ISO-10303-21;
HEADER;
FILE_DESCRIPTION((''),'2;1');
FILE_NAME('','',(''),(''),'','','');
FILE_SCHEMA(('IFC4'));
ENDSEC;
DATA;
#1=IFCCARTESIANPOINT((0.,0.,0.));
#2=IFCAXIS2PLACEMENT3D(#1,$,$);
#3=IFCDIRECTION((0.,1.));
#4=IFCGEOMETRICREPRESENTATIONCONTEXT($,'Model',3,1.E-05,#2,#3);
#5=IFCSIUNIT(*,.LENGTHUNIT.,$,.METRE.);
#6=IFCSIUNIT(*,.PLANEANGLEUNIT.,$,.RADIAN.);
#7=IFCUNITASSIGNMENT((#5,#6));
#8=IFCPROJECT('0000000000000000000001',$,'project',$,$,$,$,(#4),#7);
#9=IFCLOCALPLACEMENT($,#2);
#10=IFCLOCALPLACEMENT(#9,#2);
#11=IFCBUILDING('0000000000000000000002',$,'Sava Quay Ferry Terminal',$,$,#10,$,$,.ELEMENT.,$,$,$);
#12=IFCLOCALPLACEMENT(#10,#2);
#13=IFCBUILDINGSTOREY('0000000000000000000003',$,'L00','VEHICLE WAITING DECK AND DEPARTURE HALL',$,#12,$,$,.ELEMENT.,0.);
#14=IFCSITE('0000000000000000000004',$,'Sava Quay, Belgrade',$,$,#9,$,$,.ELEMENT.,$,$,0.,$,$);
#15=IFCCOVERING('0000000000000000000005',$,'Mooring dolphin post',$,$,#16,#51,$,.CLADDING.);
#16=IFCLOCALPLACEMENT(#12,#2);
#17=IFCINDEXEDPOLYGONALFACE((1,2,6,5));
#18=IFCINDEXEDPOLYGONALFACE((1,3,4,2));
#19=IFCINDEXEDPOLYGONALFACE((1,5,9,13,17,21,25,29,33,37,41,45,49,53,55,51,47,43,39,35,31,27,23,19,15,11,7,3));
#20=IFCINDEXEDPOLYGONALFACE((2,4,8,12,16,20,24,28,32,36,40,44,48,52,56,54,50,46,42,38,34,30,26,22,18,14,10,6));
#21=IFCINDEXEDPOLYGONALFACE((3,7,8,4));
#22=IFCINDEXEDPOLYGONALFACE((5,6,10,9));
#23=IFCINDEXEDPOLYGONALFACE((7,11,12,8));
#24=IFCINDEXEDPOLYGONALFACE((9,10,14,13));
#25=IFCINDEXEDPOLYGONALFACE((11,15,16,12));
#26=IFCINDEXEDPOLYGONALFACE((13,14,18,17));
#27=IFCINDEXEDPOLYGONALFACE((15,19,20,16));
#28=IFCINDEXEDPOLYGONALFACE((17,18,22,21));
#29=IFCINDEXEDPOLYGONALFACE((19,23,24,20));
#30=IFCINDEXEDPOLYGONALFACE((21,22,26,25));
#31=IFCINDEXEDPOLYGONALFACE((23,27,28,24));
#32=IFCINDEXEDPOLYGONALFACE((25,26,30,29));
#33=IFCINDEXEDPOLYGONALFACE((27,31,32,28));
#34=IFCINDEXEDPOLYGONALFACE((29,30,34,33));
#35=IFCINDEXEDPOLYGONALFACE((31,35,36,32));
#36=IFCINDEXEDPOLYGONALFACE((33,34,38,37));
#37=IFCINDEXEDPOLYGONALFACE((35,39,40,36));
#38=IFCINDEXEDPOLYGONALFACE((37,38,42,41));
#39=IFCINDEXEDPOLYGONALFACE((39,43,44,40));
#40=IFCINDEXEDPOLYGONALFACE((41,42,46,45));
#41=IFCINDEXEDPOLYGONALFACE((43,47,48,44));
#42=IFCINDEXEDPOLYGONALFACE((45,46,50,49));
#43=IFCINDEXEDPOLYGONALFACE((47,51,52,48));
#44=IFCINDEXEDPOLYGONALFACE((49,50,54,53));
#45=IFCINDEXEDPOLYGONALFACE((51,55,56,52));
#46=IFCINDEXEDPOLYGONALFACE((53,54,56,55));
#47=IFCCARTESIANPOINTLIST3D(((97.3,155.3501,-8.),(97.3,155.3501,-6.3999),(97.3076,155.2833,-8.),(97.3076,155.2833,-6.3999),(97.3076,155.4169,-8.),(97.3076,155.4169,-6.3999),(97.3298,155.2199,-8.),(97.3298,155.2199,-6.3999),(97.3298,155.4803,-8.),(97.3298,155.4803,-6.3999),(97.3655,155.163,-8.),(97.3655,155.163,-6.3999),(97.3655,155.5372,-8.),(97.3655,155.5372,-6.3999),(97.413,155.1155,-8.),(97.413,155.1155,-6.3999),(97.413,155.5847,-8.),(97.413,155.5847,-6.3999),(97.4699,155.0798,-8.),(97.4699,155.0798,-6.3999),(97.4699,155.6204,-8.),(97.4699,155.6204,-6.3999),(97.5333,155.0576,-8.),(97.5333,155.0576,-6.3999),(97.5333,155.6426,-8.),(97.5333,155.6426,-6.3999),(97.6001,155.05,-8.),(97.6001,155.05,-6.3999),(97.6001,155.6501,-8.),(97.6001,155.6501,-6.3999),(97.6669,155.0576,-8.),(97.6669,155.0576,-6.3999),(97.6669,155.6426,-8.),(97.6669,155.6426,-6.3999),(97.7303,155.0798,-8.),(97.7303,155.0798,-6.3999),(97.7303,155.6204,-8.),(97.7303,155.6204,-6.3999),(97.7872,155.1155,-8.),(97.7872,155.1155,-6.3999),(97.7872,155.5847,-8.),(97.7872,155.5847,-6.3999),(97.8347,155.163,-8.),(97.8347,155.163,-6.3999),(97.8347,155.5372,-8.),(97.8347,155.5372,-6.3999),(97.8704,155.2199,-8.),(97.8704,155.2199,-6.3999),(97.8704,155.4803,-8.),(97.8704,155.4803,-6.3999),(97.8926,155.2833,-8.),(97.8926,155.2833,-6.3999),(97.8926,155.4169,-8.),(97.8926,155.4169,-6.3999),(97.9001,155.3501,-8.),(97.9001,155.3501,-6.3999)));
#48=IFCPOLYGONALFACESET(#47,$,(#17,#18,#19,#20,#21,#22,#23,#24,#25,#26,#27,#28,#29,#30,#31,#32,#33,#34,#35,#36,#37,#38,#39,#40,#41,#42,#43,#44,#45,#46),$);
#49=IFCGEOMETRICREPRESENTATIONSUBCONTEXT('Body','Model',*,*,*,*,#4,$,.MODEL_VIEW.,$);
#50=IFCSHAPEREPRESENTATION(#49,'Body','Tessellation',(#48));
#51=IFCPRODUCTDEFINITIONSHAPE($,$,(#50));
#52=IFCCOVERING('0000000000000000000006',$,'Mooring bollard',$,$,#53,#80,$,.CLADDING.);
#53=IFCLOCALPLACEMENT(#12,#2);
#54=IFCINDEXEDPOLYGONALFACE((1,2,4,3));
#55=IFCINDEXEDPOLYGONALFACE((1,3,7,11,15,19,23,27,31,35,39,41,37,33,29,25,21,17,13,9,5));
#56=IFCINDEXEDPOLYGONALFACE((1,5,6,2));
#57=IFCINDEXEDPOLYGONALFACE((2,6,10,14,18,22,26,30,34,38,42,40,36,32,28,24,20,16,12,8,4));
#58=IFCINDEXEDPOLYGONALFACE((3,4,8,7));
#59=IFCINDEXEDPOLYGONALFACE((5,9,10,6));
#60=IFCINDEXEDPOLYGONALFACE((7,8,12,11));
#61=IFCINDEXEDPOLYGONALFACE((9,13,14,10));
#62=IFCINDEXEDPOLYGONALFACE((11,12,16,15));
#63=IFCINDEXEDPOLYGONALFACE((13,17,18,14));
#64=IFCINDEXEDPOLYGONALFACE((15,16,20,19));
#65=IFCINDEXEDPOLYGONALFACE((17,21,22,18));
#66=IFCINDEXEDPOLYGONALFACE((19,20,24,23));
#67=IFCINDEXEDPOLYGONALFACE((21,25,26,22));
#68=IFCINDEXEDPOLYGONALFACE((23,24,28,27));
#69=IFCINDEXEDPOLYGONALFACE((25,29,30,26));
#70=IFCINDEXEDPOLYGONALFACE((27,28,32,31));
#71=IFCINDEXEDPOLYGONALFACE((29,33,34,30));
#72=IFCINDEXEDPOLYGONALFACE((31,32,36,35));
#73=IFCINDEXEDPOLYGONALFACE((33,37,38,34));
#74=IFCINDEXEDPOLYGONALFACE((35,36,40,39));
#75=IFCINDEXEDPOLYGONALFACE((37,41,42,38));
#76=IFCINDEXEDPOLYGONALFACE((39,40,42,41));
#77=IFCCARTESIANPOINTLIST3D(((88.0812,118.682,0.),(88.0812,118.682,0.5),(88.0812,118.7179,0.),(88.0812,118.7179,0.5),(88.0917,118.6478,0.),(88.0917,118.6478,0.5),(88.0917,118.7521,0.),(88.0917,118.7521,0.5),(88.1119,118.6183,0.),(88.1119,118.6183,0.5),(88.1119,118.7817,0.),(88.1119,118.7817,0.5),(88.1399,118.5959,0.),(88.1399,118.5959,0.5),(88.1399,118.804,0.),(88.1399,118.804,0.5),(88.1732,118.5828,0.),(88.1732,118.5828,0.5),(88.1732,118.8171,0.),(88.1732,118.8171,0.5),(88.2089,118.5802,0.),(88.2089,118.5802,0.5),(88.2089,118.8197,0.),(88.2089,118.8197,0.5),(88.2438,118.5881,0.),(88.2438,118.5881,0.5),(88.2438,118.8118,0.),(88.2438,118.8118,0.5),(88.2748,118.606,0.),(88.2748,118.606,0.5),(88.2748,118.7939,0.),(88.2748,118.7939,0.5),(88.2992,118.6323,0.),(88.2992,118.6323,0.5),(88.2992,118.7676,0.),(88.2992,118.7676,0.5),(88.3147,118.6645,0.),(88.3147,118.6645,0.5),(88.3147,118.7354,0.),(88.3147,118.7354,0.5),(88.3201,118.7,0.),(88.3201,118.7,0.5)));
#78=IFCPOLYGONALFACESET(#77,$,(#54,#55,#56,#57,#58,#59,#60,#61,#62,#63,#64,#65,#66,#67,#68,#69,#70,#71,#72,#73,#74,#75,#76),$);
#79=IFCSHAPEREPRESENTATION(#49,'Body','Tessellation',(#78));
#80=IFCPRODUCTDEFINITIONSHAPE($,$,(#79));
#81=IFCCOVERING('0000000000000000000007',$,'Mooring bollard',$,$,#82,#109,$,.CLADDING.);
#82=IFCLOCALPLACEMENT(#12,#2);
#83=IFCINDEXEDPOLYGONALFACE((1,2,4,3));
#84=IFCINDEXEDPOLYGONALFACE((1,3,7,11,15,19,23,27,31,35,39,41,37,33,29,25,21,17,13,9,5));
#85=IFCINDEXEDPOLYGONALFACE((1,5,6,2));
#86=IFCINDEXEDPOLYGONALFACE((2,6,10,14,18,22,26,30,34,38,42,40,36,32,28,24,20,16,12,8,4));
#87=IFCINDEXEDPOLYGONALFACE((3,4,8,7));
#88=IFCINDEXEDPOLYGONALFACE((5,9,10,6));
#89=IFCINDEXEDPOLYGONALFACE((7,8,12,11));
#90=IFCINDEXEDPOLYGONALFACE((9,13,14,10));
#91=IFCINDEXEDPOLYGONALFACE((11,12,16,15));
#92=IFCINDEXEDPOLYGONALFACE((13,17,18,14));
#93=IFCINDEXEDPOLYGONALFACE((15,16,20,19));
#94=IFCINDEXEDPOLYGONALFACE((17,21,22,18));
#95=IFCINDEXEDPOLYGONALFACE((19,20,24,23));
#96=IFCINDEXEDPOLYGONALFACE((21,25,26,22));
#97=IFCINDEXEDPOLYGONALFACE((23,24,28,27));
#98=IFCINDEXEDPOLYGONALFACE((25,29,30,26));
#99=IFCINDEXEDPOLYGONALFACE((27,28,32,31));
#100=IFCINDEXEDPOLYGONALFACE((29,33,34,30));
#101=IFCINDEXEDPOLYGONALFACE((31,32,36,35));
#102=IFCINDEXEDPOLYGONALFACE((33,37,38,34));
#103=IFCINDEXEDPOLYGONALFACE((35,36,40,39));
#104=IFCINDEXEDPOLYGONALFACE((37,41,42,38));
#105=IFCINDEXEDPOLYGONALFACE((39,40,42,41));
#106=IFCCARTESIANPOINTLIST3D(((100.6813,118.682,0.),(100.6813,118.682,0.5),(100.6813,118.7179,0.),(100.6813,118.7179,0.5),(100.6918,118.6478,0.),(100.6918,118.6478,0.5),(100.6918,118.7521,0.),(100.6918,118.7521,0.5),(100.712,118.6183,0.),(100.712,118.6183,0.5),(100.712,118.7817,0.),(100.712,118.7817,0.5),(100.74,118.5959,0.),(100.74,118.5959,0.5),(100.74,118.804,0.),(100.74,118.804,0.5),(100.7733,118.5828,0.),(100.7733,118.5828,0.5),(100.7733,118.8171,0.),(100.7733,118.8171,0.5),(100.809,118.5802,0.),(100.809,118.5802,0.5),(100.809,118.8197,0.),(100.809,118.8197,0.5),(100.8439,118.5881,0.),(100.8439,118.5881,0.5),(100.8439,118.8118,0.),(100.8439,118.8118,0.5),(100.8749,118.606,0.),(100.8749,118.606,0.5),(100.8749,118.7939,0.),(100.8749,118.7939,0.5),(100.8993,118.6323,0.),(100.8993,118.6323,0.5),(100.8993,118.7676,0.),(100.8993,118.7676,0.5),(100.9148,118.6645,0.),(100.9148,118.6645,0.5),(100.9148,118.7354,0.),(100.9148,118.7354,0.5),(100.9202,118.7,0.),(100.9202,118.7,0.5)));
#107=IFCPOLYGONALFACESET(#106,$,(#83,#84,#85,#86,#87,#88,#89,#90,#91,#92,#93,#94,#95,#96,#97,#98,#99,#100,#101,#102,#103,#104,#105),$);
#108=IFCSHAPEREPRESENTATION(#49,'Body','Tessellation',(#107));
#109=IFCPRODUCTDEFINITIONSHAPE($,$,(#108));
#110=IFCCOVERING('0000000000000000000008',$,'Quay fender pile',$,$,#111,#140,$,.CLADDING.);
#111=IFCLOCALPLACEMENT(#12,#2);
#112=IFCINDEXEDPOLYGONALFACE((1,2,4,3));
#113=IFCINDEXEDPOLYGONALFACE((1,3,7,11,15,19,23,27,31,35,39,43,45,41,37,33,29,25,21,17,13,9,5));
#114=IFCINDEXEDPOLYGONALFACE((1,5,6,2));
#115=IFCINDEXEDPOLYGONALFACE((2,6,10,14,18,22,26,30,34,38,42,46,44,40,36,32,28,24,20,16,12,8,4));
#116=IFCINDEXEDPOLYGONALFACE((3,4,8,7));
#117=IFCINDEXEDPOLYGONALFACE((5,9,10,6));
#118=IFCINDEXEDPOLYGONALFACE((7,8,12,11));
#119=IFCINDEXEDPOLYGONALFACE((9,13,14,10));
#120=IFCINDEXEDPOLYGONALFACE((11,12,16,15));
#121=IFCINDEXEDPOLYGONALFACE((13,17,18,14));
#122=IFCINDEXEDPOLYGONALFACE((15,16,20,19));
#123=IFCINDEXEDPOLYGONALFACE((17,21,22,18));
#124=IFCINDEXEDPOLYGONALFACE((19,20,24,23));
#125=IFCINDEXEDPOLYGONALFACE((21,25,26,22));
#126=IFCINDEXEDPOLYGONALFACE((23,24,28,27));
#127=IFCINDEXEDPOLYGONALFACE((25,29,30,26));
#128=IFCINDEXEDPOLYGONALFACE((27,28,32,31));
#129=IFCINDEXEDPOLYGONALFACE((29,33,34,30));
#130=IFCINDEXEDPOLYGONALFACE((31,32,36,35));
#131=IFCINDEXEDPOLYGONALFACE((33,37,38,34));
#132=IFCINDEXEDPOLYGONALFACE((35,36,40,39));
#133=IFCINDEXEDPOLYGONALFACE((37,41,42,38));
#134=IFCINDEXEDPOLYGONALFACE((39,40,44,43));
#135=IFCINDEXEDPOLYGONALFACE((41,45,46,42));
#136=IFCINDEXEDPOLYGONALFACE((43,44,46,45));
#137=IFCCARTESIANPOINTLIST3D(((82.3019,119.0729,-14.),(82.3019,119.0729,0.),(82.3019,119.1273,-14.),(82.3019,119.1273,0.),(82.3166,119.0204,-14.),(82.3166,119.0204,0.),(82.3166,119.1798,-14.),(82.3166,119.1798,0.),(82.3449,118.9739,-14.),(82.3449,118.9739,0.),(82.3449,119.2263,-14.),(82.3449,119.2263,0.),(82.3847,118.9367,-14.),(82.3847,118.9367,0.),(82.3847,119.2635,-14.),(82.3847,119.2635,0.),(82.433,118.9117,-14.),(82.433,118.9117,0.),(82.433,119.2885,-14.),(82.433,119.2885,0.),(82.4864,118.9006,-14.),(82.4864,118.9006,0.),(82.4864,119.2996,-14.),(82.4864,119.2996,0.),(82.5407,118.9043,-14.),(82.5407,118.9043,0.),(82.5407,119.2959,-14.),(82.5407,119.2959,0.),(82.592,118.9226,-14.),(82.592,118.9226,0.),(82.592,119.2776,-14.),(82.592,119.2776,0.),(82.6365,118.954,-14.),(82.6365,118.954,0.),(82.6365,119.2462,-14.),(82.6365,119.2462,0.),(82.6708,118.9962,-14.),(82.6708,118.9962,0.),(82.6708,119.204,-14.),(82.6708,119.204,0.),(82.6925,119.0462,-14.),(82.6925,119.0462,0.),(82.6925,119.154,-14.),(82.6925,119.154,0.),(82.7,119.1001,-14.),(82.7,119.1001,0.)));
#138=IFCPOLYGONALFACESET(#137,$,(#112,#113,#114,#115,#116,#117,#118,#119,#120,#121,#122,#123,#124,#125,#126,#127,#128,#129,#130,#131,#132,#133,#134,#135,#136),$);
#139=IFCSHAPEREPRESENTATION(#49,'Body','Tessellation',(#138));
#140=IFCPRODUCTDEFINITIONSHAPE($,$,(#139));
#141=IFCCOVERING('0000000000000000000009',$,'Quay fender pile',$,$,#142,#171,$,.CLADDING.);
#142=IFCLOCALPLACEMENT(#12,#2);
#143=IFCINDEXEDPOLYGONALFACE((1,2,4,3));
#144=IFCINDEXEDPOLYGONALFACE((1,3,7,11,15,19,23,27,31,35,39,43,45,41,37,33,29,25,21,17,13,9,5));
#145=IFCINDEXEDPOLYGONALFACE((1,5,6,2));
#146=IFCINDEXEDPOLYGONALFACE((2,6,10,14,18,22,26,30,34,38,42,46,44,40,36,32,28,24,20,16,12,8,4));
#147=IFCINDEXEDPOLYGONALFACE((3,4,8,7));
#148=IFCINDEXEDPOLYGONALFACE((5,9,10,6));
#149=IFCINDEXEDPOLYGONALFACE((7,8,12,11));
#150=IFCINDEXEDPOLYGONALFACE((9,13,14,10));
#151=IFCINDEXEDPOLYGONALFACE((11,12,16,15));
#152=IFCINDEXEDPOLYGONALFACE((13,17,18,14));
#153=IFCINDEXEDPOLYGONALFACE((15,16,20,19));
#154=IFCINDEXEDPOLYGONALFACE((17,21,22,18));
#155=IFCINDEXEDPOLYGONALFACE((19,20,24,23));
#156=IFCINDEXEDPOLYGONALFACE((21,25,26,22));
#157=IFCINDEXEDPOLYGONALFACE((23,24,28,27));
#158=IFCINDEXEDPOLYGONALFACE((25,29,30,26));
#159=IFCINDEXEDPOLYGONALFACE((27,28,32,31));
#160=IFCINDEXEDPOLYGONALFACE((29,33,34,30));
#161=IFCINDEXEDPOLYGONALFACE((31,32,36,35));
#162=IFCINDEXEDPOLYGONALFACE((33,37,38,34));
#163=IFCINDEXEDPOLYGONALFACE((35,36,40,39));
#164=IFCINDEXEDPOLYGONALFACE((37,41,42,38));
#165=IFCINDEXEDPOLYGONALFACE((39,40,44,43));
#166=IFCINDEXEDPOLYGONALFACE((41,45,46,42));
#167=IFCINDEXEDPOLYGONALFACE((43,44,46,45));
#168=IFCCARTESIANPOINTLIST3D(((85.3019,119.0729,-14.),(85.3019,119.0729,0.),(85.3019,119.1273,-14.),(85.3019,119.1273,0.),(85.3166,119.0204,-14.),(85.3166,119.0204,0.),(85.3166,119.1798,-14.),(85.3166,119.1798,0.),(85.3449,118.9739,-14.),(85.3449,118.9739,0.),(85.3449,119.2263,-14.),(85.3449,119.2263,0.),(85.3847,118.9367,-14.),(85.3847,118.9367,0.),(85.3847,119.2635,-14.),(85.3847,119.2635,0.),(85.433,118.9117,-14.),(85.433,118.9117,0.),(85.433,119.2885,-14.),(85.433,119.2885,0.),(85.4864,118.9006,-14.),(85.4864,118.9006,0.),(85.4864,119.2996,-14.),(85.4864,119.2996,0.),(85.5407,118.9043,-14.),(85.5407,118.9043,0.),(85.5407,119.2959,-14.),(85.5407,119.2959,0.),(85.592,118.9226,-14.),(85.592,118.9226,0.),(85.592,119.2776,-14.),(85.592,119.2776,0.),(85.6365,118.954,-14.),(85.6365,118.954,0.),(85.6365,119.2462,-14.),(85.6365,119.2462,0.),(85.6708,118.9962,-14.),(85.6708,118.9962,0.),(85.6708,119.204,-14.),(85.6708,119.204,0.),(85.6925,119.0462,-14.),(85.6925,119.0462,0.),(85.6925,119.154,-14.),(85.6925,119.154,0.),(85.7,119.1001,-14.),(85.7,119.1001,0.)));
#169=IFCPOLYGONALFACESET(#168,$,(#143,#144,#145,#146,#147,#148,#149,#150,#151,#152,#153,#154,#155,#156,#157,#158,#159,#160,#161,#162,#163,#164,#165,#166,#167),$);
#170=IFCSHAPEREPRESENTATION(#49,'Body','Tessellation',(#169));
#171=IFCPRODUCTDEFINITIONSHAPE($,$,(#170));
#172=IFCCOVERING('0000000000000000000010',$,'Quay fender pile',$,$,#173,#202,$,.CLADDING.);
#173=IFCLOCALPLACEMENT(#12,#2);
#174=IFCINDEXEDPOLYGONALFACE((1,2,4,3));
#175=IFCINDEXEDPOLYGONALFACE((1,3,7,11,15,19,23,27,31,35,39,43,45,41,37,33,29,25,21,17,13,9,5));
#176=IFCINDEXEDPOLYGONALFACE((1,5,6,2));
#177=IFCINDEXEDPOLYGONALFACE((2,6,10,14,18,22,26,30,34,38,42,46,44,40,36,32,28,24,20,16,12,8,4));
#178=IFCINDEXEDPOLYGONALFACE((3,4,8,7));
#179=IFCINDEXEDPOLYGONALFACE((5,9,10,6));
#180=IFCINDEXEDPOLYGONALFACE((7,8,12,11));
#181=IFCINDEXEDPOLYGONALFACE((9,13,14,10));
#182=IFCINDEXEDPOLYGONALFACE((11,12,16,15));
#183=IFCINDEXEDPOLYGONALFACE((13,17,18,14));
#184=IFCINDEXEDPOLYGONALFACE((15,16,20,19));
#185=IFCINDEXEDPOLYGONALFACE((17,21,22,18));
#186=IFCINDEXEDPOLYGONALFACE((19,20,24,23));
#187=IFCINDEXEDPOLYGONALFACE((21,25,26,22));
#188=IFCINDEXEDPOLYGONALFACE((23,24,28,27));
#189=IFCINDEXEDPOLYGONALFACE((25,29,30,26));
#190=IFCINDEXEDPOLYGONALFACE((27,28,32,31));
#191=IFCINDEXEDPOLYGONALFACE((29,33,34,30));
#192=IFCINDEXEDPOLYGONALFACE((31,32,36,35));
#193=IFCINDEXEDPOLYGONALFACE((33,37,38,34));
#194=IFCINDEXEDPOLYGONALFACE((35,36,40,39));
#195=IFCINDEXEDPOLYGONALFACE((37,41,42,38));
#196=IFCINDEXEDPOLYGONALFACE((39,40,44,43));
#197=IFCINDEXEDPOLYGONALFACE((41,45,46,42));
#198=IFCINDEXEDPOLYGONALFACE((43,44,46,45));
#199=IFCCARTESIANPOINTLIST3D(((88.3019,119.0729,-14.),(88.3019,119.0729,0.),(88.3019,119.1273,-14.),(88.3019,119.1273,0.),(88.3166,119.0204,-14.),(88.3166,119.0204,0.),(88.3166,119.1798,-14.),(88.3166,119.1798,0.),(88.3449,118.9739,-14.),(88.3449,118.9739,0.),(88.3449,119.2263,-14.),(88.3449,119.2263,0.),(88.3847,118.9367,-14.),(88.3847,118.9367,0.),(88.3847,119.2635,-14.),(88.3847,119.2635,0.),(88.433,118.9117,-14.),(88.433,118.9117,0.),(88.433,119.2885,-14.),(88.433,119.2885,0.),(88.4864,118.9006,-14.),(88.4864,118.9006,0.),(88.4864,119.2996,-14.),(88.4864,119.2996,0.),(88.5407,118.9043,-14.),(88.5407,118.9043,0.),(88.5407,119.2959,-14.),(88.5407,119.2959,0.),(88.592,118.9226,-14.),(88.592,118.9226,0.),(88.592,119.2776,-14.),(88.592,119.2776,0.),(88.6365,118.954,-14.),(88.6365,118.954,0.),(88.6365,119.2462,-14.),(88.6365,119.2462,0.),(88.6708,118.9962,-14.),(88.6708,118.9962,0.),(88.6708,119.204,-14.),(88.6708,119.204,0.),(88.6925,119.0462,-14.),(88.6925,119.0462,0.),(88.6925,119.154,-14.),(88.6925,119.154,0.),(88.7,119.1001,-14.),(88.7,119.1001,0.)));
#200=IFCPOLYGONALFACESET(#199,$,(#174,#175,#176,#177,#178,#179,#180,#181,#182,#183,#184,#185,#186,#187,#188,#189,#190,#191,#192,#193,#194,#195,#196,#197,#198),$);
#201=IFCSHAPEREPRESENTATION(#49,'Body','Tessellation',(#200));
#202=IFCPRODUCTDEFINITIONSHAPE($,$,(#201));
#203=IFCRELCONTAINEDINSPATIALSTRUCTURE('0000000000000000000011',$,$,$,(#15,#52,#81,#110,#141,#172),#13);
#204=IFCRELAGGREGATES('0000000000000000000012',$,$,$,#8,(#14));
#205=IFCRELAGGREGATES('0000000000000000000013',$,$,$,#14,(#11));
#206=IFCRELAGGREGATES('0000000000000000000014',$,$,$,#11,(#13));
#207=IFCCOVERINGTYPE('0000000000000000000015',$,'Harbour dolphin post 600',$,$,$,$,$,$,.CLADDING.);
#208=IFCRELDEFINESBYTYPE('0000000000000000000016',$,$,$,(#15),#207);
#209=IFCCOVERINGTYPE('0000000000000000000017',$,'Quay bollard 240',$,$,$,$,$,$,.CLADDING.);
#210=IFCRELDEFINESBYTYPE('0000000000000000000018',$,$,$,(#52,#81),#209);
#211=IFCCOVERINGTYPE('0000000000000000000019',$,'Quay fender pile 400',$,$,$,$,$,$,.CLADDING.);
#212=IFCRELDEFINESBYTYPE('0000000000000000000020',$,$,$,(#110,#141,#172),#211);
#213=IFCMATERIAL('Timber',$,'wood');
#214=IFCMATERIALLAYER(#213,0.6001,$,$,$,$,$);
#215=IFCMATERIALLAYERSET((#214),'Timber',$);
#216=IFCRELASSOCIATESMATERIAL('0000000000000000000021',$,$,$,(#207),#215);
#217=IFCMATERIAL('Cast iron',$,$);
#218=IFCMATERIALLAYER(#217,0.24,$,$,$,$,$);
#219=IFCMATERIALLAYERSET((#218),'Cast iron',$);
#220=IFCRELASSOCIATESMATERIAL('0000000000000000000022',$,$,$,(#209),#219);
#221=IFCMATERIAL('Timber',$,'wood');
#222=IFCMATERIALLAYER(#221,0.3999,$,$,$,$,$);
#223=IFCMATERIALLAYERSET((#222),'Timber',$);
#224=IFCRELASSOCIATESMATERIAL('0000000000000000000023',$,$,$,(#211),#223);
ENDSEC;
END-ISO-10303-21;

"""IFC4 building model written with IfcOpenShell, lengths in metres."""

from ifc_helpers import new_model, si_unit, direction, frame, origin, origin_2d, place, context, subcontext, project, spatial, circle, extrude, material, layer, layer_set, type_object, element, save


model = new_model("IFC4")

# Units and contexts
model_context = context("Model", 3, precision=1e-05, world=origin(), true_north=direction((0.0, 1.0)))
body_context = subcontext(model_context, "Body", "Model", "MODEL_VIEW")
ifc_project = project(units=[si_unit("LENGTHUNIT", "METRE"), si_unit("PLANEANGLEUNIT", "RADIAN")], contexts=[model_context])

# Site, building, storey
site_placement = place(None, origin())
site = spatial("IfcSite", under=ifc_project, at=site_placement, Name="Sava Quay, Belgrade", CompositionType="ELEMENT", RefElevation=0.0)
building_placement = place(site_placement, origin())
building = spatial("IfcBuilding", under=site, at=building_placement, Name="Sava Quay Ferry Terminal", CompositionType="ELEMENT")
storey_placement = place(building_placement, origin())
storey = spatial("IfcBuildingStorey", under=building, at=storey_placement, Name="L00", Description="VEHICLE WAITING DECK AND DEPARTURE HALL", CompositionType="ELEMENT", Elevation=0.0)

# Coverings
ifc_material_1 = material(Name="Timber", Category="wood")
ifc_layer_1 = layer(ifc_material_1, 0.6001)
ifc_layer_set_1 = layer_set([ifc_layer_1], Name="Timber")
covering_type_1 = type_object("IfcCoveringType", Name="Harbour dolphin post 600", PredefinedType="CLADDING", material=ifc_layer_set_1)
covering_1_placement = place(storey_placement, frame((97.6001, 155.3501, -6.3999), z_axis=(0.0, 0.0, -1.0), x_axis=(1.0, 0.0, 0.0)))
element("IfcCovering", 1, at=covering_1_placement, inside=storey, type_object=covering_type_1, Name="Mooring dolphin post", PredefinedType="CLADDING", context=body_context, shape_type="SweptSolid", body=[
    extrude(circle(Radius=0.3, at=origin_2d()), origin(), (0.0, 0.0, 1.0), 1.6001),
])
ifc_material_2 = material(Name="Cast iron")
ifc_layer_2 = layer(ifc_material_2, 0.24)
ifc_layer_set_2 = layer_set([ifc_layer_2], Name="Cast iron")
covering_type_2 = type_object("IfcCoveringType", Name="Quay bollard 240", PredefinedType="CLADDING", material=ifc_layer_set_2)
for number, where, z_axis, x_axis, name in (
    (2, (88.2, 118.7, 0.5), (0.0, 0.0, -1.0), (1.0, 0.0, 0.0), "Mooring bollard"),
    (3, (100.8, 118.7, 0.5), (0.0, 0.0, -1.0), (1.0, 0.0, 0.0), "Mooring bollard"),
):
    element("IfcCovering", number, at=place(storey_placement, frame(where, z_axis=z_axis, x_axis=x_axis)), inside=storey, type_object=covering_type_2, Name=name, PredefinedType="CLADDING", context=body_context, shape_type="SweptSolid", body=[
        extrude(circle(Radius=0.1201, at=origin_2d()), origin(), (0.0, 0.0, 1.0), 0.5),
    ])
ifc_material_3 = material(Name="Timber", Category="wood")
ifc_layer_3 = layer(ifc_material_3, 0.3999)
ifc_layer_set_3 = layer_set([ifc_layer_3], Name="Timber")
covering_type_3 = type_object("IfcCoveringType", Name="Quay fender pile 400", PredefinedType="CLADDING", material=ifc_layer_set_3)
for number, where, z_axis, x_axis, name in (
    (4, (82.5, 119.1001, 0.0), (0.0, 0.0, -1.0), (1.0, 0.0, 0.0), "Quay fender pile"),
    (5, (85.5, 119.1001, 0.0), (0.0, 0.0, -1.0), (1.0, 0.0, 0.0), "Quay fender pile"),
    (6, (88.5, 119.1001, 0.0), (0.0, 0.0, -1.0), (1.0, 0.0, 0.0), "Quay fender pile"),
):
    element("IfcCovering", number, at=place(storey_placement, frame(where, z_axis=z_axis, x_axis=x_axis)), inside=storey, type_object=covering_type_3, Name=name, PredefinedType="CLADDING", context=body_context, shape_type="SweptSolid", body=[
        extrude(circle(Radius=0.2, at=origin_2d()), origin(), (0.0, 0.0, 1.0), 14.0),
    ])

save(model, "model.ifc")
